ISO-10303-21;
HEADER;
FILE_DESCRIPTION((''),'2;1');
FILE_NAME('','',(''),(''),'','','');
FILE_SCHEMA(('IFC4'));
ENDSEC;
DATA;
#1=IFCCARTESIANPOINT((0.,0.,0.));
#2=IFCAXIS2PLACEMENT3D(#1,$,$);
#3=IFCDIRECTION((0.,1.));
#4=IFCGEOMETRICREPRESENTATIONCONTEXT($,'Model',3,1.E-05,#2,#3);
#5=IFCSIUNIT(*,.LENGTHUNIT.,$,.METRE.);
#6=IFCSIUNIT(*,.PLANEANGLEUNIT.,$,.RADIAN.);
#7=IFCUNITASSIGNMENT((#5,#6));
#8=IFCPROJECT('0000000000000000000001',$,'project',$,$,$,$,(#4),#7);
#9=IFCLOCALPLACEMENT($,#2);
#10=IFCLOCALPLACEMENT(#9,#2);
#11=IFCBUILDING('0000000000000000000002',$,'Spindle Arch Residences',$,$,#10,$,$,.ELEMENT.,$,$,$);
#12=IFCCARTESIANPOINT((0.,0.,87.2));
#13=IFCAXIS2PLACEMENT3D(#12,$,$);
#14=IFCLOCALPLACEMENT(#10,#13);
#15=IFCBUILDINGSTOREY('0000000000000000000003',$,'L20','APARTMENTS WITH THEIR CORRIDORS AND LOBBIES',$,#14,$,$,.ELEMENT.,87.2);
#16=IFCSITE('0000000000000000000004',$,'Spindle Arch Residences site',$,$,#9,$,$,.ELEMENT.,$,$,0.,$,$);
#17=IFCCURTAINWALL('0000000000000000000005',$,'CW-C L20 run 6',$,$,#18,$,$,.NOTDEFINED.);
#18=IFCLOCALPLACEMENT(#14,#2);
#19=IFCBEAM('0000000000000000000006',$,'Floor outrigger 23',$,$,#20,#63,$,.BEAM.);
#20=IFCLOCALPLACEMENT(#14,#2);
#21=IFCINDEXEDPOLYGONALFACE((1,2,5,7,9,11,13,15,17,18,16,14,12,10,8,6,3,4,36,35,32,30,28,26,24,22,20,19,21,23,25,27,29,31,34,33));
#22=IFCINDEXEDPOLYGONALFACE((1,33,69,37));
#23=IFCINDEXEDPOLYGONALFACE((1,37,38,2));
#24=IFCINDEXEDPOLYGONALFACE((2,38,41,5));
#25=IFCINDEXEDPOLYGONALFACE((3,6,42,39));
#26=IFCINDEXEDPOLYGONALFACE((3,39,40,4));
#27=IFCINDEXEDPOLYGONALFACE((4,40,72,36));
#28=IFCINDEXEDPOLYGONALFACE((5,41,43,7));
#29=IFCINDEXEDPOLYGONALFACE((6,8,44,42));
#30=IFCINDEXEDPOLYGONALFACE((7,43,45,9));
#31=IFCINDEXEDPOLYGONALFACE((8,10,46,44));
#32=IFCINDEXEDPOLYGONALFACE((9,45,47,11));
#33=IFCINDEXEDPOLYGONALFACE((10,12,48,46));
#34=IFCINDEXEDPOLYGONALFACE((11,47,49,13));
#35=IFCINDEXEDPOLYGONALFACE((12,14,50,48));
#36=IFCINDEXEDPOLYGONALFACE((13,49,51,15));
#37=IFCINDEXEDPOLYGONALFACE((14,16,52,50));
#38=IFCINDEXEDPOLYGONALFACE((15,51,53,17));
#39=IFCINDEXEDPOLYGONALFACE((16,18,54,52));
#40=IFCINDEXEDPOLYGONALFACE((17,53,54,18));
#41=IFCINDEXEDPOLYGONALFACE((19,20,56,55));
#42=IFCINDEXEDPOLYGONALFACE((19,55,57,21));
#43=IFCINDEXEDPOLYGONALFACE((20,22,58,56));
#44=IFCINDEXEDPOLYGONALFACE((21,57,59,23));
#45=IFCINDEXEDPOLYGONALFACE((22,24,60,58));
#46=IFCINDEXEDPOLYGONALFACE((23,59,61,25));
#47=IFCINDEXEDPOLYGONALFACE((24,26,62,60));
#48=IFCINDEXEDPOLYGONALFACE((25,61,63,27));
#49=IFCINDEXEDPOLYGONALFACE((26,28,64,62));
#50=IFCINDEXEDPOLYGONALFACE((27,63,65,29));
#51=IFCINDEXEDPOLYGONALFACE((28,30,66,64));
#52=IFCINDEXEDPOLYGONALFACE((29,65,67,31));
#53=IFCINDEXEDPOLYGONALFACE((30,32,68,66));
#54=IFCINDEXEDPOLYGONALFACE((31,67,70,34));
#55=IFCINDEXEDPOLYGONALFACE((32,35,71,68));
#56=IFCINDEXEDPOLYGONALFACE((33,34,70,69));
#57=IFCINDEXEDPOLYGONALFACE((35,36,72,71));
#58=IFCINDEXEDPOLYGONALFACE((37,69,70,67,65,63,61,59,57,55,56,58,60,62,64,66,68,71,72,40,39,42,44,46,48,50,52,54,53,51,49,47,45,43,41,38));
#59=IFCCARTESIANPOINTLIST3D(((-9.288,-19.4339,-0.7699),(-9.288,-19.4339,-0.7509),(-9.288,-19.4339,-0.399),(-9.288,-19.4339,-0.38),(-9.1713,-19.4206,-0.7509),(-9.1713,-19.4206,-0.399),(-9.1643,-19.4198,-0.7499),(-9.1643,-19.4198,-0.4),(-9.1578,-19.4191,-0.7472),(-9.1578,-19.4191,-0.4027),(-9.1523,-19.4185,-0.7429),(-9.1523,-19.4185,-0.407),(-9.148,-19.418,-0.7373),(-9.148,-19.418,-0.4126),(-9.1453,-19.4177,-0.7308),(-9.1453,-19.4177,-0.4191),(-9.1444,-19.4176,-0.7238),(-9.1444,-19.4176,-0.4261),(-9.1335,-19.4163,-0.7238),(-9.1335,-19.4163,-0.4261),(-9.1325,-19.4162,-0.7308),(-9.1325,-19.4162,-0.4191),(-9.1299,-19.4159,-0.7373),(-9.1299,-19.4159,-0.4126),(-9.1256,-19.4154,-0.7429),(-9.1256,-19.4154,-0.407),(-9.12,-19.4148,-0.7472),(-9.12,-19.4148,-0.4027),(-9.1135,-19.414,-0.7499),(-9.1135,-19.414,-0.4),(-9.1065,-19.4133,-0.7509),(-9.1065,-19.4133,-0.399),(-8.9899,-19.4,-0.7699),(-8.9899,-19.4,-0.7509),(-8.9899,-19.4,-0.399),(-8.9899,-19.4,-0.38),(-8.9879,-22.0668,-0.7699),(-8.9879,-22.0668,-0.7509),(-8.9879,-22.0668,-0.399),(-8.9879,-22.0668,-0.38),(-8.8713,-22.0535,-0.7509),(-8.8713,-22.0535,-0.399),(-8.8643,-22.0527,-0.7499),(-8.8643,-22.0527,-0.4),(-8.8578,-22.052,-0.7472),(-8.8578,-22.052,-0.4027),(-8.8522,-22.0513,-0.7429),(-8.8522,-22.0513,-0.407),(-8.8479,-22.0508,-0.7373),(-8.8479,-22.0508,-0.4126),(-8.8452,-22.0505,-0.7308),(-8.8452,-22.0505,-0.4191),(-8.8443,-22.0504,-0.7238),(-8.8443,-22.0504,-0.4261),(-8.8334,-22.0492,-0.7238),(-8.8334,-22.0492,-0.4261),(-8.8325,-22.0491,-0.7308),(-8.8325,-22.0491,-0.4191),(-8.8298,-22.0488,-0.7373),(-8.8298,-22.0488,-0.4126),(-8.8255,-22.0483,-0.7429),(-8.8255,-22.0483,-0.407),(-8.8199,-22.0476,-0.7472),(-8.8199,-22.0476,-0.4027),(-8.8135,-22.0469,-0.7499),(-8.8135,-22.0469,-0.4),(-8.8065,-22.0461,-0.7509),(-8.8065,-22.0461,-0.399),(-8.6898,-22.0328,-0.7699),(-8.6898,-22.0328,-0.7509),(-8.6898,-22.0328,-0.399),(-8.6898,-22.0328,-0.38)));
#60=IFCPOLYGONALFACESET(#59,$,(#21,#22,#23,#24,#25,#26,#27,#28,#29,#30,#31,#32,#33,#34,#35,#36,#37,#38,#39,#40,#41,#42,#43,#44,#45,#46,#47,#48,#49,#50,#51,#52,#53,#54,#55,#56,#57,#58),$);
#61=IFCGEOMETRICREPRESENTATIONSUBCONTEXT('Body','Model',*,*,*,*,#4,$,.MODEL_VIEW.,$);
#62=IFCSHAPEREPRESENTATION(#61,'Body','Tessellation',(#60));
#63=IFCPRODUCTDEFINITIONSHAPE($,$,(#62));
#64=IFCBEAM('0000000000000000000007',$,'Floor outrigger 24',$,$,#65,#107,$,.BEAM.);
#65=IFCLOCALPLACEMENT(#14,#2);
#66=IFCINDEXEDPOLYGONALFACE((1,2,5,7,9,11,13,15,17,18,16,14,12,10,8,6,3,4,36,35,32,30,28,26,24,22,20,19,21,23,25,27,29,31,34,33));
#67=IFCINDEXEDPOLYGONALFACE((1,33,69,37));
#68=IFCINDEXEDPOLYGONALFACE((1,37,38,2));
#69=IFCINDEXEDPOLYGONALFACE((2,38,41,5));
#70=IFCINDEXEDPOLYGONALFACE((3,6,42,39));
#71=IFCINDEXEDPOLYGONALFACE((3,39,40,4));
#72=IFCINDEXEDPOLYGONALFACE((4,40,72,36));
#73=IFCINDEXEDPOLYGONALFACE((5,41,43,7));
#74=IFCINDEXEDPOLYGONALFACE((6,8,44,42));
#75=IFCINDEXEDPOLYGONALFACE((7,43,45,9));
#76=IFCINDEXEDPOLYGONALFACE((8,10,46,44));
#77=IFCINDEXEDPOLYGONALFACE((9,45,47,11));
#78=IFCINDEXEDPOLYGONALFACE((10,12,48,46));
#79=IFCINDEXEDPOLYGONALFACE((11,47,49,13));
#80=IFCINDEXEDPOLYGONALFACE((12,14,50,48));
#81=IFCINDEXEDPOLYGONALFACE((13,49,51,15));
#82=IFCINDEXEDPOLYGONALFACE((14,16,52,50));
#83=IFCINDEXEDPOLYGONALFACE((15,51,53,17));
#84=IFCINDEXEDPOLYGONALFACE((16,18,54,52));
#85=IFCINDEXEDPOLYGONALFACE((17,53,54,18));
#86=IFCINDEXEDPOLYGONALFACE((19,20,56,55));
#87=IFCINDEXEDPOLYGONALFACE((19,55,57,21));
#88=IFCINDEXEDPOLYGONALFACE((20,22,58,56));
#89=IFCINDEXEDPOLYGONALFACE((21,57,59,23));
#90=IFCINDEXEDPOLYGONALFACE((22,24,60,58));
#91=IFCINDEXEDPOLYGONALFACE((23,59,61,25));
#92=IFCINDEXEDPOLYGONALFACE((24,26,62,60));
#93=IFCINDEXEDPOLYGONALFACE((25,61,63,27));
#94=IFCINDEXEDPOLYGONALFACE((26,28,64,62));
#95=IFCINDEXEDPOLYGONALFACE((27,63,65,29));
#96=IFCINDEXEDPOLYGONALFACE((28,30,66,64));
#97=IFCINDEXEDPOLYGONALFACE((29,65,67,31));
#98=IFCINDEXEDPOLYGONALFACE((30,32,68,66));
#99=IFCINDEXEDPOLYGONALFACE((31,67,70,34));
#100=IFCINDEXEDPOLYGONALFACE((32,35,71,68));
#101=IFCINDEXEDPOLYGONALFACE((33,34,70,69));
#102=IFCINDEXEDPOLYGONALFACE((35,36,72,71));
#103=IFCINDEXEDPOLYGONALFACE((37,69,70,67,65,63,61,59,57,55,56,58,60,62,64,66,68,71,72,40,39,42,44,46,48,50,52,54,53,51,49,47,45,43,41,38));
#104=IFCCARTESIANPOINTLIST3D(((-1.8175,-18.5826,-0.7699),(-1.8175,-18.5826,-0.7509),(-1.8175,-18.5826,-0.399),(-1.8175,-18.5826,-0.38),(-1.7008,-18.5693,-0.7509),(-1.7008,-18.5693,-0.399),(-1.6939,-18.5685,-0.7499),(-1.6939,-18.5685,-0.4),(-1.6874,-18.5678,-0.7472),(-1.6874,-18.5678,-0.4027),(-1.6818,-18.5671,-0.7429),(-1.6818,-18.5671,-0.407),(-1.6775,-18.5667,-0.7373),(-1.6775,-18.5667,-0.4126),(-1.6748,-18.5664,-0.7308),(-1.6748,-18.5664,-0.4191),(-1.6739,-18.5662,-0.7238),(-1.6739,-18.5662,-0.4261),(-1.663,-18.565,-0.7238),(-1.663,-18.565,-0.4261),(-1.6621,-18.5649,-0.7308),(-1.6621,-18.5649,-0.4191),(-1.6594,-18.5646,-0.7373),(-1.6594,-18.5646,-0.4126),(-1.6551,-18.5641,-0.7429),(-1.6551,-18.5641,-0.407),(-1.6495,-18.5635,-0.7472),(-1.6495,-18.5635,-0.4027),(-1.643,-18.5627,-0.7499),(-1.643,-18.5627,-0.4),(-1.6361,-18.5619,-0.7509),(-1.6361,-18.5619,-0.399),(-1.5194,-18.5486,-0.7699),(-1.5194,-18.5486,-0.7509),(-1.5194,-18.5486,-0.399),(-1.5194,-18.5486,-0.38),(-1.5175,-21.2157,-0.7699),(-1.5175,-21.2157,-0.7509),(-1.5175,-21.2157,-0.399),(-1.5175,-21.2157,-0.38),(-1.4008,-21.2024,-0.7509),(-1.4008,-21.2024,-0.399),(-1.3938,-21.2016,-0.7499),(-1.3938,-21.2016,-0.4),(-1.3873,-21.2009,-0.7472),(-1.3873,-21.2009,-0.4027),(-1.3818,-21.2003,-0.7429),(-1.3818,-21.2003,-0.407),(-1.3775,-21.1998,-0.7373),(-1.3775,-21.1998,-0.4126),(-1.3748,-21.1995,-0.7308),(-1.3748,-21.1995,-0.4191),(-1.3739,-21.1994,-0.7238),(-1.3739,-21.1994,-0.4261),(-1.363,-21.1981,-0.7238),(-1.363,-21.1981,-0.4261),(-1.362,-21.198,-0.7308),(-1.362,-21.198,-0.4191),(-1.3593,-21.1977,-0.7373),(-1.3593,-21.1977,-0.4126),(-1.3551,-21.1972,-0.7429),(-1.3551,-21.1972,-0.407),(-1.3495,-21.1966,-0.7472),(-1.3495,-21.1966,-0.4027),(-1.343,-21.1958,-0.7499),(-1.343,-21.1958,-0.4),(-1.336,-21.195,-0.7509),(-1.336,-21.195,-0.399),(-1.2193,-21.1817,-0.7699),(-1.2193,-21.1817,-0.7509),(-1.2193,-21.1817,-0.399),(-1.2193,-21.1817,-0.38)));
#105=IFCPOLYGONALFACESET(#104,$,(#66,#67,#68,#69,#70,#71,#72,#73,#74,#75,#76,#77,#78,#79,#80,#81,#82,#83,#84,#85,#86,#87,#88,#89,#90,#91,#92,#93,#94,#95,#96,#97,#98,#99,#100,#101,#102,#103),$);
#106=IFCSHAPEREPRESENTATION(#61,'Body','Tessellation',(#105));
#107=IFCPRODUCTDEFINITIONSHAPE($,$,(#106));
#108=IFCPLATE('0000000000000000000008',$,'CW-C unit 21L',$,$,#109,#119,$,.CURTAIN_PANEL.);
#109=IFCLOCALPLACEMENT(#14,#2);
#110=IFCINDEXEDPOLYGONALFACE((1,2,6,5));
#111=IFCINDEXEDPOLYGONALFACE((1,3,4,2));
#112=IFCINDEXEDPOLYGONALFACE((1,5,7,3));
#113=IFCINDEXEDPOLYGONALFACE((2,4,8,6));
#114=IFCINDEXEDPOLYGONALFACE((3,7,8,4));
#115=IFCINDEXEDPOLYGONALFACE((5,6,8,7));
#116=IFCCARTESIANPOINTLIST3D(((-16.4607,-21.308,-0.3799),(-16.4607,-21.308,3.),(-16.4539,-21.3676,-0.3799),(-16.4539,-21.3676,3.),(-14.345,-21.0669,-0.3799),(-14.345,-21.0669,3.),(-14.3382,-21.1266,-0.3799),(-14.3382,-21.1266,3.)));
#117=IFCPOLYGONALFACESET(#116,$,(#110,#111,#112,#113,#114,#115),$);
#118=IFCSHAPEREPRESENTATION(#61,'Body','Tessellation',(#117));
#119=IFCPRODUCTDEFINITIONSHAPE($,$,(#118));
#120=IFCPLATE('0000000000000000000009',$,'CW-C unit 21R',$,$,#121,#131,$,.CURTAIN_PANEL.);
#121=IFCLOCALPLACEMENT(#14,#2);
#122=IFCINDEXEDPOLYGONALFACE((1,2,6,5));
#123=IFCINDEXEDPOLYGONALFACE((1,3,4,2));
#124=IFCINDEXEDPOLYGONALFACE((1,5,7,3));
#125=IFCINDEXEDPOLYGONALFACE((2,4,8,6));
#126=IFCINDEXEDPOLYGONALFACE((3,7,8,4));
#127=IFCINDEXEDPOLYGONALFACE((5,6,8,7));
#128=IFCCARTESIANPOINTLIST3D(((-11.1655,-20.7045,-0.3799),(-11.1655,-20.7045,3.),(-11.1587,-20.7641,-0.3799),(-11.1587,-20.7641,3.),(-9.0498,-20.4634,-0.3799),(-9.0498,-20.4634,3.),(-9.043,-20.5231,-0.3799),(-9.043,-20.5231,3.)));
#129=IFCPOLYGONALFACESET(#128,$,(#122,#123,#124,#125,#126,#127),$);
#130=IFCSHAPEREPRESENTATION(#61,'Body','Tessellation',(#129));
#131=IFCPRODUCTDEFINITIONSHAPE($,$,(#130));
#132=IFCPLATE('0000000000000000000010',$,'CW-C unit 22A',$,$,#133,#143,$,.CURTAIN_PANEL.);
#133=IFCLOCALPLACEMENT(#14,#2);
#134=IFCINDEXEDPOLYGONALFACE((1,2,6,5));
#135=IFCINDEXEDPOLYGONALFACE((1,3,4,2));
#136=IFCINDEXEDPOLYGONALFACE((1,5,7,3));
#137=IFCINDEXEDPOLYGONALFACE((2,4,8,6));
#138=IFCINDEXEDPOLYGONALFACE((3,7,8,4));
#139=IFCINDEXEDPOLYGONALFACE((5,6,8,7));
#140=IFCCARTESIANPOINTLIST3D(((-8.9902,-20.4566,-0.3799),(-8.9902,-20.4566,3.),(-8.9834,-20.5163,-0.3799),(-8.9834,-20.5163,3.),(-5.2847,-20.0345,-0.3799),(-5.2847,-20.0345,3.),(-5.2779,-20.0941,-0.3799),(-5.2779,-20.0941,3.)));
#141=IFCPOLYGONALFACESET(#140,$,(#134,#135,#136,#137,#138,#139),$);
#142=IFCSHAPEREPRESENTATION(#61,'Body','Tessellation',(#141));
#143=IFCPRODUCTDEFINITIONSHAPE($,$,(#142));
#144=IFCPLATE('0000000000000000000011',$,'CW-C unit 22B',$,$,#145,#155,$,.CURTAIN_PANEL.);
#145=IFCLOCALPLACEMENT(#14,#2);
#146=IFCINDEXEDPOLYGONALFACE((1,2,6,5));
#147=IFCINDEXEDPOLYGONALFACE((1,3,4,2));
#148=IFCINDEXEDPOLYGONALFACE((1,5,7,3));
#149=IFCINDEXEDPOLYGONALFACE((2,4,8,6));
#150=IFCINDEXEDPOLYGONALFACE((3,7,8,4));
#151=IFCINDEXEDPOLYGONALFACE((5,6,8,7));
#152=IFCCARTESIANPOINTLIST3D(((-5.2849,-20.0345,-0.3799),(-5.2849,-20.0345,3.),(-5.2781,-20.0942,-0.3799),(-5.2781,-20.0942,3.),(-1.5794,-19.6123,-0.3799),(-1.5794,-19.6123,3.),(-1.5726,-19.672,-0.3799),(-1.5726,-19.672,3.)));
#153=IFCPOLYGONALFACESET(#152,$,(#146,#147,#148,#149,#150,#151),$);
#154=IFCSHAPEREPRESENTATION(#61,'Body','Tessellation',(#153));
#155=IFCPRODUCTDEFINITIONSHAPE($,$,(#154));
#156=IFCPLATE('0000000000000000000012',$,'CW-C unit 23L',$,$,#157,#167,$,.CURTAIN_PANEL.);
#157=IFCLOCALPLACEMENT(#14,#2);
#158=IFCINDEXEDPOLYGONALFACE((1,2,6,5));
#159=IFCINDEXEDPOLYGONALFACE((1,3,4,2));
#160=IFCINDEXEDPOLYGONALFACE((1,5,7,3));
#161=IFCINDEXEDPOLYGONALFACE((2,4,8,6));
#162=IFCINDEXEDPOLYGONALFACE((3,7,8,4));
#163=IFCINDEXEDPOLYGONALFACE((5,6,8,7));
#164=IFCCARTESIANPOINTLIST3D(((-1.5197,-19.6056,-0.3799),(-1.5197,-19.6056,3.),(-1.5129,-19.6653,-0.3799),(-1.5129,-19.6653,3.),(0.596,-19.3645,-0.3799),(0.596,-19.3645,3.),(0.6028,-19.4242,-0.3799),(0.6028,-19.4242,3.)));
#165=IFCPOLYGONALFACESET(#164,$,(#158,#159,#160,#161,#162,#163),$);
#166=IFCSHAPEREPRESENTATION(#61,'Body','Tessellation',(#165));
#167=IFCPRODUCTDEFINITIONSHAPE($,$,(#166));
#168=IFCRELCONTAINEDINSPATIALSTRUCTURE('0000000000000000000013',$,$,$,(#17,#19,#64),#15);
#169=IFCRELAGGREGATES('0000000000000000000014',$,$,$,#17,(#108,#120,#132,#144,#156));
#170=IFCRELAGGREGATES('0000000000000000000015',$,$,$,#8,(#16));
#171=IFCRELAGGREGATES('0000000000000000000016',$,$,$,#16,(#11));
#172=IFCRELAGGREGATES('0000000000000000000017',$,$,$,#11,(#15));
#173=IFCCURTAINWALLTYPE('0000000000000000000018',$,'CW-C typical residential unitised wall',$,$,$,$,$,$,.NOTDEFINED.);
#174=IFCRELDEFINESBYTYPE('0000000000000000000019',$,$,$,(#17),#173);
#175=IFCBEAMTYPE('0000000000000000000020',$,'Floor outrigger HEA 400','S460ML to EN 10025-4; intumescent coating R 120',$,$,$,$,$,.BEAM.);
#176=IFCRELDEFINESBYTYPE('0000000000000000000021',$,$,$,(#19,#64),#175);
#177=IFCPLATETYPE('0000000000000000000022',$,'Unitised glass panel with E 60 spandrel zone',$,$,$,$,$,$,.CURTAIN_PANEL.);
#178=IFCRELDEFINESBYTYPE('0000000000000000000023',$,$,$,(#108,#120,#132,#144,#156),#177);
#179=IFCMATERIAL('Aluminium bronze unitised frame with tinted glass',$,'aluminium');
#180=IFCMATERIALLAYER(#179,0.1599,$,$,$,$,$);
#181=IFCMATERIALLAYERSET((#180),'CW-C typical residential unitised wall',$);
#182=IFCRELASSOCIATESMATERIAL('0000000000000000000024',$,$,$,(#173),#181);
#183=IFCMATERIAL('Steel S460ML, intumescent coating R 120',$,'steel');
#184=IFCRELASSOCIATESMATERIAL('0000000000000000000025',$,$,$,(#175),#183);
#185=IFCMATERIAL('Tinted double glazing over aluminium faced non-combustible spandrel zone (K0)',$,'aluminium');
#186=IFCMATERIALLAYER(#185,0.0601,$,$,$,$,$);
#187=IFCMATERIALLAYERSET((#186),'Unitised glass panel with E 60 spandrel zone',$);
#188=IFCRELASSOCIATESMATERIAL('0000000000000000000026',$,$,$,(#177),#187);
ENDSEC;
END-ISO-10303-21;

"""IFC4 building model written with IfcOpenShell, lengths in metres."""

from ifc_helpers import new_model, si_unit, direction, frame, origin, origin_2d, place, context, subcontext, project, spatial, rectangle, i_section, extrude, material, layer, layer_set, material_profile, profile_set, type_object, element, aggregate, save


model = new_model("IFC4")

# Units and contexts
model_context = context("Model", 3, precision=1e-05, world=origin(), true_north=direction((0.0, 1.0)))
body_context = subcontext(model_context, "Body", "Model", "MODEL_VIEW")
ifc_project = project(units=[si_unit("LENGTHUNIT", "METRE"), si_unit("PLANEANGLEUNIT", "RADIAN")], contexts=[model_context])

# Site, building, storey
site_placement = place(None, origin())
site = spatial("IfcSite", under=ifc_project, at=site_placement, Name="Spindle Arch Residences site", CompositionType="ELEMENT", RefElevation=0.0)
building_placement = place(site_placement, origin())
building = spatial("IfcBuilding", under=site, at=building_placement, Name="Spindle Arch Residences", CompositionType="ELEMENT")
storey_placement = place(building_placement, frame((0.0, 0.0, 87.2)))
storey = spatial("IfcBuildingStorey", under=building, at=storey_placement, Name="L20", Description="APARTMENTS WITH THEIR CORRIDORS AND LOBBIES", CompositionType="ELEMENT", Elevation=87.2)

# Curtain wall
ifc_material_1 = material(Name="Aluminium bronze unitised frame with tinted glass", Category="aluminium")
ifc_layer_1 = layer(ifc_material_1, 0.1599)
ifc_layer_set_1 = layer_set([ifc_layer_1], Name="CW-C typical residential unitised wall")
curtain_wall_type = type_object("IfcCurtainWallType", Name="CW-C typical residential unitised wall", PredefinedType="NOTDEFINED", material=ifc_layer_set_1)
curtain_wall_placement = place(storey_placement, origin())
curtain_wall = element("IfcCurtainWall", 1, at=curtain_wall_placement, inside=storey, type_object=curtain_wall_type, Name="CW-C L20 run 6", PredefinedType="NOTDEFINED")

# Beams
ifc_material_2 = material(Name="Steel S460ML, intumescent coating R 120", Category="steel")
ifc_material_profile_1 = material_profile(ifc_material_2, i_section(OverallWidth=0.3, OverallDepth=0.3899, WebThickness=0.011, FlangeThickness=0.019, FilletRadius=0.0271, at=origin_2d()), Name="HEA 400")
ifc_profile_set_1 = profile_set([ifc_material_profile_1], Name="Steel S460ML, intumescent coating R 120")
beam_type_1 = type_object("IfcBeamType", Name="Floor outrigger HEA 400", Description="S460ML to EN 10025-4; intumescent coating R 120", PredefinedType="BEAM", material=ifc_profile_set_1)
beam_1_placement = place(storey_placement, frame((-8.8389, -22.0498, -0.575), z_axis=(-0.113232, 0.993569, 0.0), x_axis=(-0.993569, -0.113232, 0.0)))
element("IfcBeam", 2, at=beam_1_placement, inside=storey, type_object=beam_type_1, Name="Floor outrigger 23", PredefinedType="BEAM", context=body_context, shape_type="SweptSolid", body=[
    extrude(i_section(OverallWidth=0.3, OverallDepth=0.3899, WebThickness=0.011, FlangeThickness=0.019, FilletRadius=0.0271, at=origin_2d()), origin(), (0.0, 0.0, 1.0), 2.6499),
])
beam_2_placement = place(storey_placement, frame((-1.3684, -21.1987, -0.575), z_axis=(-0.113222, 0.99357, 0.0), x_axis=(-0.99357, -0.113222, 0.0)))
element("IfcBeam", 3, at=beam_2_placement, inside=storey, type_object=beam_type_1, Name="Floor outrigger 24", PredefinedType="BEAM", context=body_context, shape_type="SweptSolid", body=[
    extrude(i_section(OverallWidth=0.3, OverallDepth=0.3899, WebThickness=0.011, FlangeThickness=0.019, FilletRadius=0.0271, at=origin_2d()), origin(), (0.0, 0.0, 1.0), 2.6501),
])

# Plates
ifc_material_3 = material(Name="Tinted double glazing over aluminium faced non-combustible spandrel zone (K0)", Category="aluminium")
ifc_layer_2 = layer(ifc_material_3, 0.0601)
ifc_layer_set_2 = layer_set([ifc_layer_2], Name="Unitised glass panel with E 60 spandrel zone")
plate_type = type_object("IfcPlateType", Name="Unitised glass panel with E 60 spandrel zone", PredefinedType="CURTAIN_PANEL", material=ifc_layer_set_2)
plate_1_placement = place(storey_placement, frame((-15.3994, -21.2173, -0.3799), z_axis=(0.0, 0.0, 1.0), x_axis=(0.993572, 0.113203, 0.0)))
plate_1 = element("IfcPlate", 4, at=plate_1_placement, type_object=plate_type, Name="CW-C unit 21L", PredefinedType="CURTAIN_PANEL", context=body_context, shape_type="SweptSolid", body=[
    extrude(rectangle(XDim=2.1294, YDim=0.0601, at=origin_2d()), origin(), (0.0, 0.0, 1.0), 3.3799),
])
plate_2_placement = place(storey_placement, frame((-10.1042, -20.6138, -0.3799), z_axis=(0.0, 0.0, 1.0), x_axis=(0.993572, 0.113203, 0.0)))
plate_2 = element("IfcPlate", 5, at=plate_2_placement, type_object=plate_type, Name="CW-C unit 21R", PredefinedType="CURTAIN_PANEL", context=body_context, shape_type="SweptSolid", body=[
    extrude(rectangle(XDim=2.1294, YDim=0.0601, at=origin_2d()), origin(), (0.0, 0.0, 1.0), 3.3799),
])
plate_3_placement = place(storey_placement, frame((-7.134, -20.2754, -0.3799), z_axis=(0.0, 0.0, 1.0), x_axis=(0.993572, 0.113203, 0.0)))
plate_3 = element("IfcPlate", 6, at=plate_3_placement, type_object=plate_type, Name="CW-C unit 22A", PredefinedType="CURTAIN_PANEL", context=body_context, shape_type="SweptSolid", body=[
    extrude(rectangle(XDim=3.7295, YDim=0.0601, at=origin_2d()), origin(), (0.0, 0.0, 1.0), 3.3799),
])
plate_4_placement = place(storey_placement, frame((-3.4287, -19.8533, -0.3799), z_axis=(0.0, 0.0, 1.0), x_axis=(0.993572, 0.113203, 0.0)))
plate_4 = element("IfcPlate", 7, at=plate_4_placement, type_object=plate_type, Name="CW-C unit 22B", PredefinedType="CURTAIN_PANEL", context=body_context, shape_type="SweptSolid", body=[
    extrude(rectangle(XDim=3.7295, YDim=0.0601, at=origin_2d()), origin(), (0.0, 0.0, 1.0), 3.3799),
])
plate_5_placement = place(storey_placement, frame((-0.4585, -19.5149, -0.3799), z_axis=(0.0, 0.0, 1.0), x_axis=(0.993572, 0.113203, 0.0)))
plate_5 = element("IfcPlate", 8, at=plate_5_placement, type_object=plate_type, Name="CW-C unit 23L", PredefinedType="CURTAIN_PANEL", context=body_context, shape_type="SweptSolid", body=[
    extrude(rectangle(XDim=2.1294, YDim=0.0601, at=origin_2d()), origin(), (0.0, 0.0, 1.0), 3.3799),
])
aggregate(curtain_wall, [plate_1, plate_2, plate_3, plate_4, plate_5])

save(model, "model.ifc")
